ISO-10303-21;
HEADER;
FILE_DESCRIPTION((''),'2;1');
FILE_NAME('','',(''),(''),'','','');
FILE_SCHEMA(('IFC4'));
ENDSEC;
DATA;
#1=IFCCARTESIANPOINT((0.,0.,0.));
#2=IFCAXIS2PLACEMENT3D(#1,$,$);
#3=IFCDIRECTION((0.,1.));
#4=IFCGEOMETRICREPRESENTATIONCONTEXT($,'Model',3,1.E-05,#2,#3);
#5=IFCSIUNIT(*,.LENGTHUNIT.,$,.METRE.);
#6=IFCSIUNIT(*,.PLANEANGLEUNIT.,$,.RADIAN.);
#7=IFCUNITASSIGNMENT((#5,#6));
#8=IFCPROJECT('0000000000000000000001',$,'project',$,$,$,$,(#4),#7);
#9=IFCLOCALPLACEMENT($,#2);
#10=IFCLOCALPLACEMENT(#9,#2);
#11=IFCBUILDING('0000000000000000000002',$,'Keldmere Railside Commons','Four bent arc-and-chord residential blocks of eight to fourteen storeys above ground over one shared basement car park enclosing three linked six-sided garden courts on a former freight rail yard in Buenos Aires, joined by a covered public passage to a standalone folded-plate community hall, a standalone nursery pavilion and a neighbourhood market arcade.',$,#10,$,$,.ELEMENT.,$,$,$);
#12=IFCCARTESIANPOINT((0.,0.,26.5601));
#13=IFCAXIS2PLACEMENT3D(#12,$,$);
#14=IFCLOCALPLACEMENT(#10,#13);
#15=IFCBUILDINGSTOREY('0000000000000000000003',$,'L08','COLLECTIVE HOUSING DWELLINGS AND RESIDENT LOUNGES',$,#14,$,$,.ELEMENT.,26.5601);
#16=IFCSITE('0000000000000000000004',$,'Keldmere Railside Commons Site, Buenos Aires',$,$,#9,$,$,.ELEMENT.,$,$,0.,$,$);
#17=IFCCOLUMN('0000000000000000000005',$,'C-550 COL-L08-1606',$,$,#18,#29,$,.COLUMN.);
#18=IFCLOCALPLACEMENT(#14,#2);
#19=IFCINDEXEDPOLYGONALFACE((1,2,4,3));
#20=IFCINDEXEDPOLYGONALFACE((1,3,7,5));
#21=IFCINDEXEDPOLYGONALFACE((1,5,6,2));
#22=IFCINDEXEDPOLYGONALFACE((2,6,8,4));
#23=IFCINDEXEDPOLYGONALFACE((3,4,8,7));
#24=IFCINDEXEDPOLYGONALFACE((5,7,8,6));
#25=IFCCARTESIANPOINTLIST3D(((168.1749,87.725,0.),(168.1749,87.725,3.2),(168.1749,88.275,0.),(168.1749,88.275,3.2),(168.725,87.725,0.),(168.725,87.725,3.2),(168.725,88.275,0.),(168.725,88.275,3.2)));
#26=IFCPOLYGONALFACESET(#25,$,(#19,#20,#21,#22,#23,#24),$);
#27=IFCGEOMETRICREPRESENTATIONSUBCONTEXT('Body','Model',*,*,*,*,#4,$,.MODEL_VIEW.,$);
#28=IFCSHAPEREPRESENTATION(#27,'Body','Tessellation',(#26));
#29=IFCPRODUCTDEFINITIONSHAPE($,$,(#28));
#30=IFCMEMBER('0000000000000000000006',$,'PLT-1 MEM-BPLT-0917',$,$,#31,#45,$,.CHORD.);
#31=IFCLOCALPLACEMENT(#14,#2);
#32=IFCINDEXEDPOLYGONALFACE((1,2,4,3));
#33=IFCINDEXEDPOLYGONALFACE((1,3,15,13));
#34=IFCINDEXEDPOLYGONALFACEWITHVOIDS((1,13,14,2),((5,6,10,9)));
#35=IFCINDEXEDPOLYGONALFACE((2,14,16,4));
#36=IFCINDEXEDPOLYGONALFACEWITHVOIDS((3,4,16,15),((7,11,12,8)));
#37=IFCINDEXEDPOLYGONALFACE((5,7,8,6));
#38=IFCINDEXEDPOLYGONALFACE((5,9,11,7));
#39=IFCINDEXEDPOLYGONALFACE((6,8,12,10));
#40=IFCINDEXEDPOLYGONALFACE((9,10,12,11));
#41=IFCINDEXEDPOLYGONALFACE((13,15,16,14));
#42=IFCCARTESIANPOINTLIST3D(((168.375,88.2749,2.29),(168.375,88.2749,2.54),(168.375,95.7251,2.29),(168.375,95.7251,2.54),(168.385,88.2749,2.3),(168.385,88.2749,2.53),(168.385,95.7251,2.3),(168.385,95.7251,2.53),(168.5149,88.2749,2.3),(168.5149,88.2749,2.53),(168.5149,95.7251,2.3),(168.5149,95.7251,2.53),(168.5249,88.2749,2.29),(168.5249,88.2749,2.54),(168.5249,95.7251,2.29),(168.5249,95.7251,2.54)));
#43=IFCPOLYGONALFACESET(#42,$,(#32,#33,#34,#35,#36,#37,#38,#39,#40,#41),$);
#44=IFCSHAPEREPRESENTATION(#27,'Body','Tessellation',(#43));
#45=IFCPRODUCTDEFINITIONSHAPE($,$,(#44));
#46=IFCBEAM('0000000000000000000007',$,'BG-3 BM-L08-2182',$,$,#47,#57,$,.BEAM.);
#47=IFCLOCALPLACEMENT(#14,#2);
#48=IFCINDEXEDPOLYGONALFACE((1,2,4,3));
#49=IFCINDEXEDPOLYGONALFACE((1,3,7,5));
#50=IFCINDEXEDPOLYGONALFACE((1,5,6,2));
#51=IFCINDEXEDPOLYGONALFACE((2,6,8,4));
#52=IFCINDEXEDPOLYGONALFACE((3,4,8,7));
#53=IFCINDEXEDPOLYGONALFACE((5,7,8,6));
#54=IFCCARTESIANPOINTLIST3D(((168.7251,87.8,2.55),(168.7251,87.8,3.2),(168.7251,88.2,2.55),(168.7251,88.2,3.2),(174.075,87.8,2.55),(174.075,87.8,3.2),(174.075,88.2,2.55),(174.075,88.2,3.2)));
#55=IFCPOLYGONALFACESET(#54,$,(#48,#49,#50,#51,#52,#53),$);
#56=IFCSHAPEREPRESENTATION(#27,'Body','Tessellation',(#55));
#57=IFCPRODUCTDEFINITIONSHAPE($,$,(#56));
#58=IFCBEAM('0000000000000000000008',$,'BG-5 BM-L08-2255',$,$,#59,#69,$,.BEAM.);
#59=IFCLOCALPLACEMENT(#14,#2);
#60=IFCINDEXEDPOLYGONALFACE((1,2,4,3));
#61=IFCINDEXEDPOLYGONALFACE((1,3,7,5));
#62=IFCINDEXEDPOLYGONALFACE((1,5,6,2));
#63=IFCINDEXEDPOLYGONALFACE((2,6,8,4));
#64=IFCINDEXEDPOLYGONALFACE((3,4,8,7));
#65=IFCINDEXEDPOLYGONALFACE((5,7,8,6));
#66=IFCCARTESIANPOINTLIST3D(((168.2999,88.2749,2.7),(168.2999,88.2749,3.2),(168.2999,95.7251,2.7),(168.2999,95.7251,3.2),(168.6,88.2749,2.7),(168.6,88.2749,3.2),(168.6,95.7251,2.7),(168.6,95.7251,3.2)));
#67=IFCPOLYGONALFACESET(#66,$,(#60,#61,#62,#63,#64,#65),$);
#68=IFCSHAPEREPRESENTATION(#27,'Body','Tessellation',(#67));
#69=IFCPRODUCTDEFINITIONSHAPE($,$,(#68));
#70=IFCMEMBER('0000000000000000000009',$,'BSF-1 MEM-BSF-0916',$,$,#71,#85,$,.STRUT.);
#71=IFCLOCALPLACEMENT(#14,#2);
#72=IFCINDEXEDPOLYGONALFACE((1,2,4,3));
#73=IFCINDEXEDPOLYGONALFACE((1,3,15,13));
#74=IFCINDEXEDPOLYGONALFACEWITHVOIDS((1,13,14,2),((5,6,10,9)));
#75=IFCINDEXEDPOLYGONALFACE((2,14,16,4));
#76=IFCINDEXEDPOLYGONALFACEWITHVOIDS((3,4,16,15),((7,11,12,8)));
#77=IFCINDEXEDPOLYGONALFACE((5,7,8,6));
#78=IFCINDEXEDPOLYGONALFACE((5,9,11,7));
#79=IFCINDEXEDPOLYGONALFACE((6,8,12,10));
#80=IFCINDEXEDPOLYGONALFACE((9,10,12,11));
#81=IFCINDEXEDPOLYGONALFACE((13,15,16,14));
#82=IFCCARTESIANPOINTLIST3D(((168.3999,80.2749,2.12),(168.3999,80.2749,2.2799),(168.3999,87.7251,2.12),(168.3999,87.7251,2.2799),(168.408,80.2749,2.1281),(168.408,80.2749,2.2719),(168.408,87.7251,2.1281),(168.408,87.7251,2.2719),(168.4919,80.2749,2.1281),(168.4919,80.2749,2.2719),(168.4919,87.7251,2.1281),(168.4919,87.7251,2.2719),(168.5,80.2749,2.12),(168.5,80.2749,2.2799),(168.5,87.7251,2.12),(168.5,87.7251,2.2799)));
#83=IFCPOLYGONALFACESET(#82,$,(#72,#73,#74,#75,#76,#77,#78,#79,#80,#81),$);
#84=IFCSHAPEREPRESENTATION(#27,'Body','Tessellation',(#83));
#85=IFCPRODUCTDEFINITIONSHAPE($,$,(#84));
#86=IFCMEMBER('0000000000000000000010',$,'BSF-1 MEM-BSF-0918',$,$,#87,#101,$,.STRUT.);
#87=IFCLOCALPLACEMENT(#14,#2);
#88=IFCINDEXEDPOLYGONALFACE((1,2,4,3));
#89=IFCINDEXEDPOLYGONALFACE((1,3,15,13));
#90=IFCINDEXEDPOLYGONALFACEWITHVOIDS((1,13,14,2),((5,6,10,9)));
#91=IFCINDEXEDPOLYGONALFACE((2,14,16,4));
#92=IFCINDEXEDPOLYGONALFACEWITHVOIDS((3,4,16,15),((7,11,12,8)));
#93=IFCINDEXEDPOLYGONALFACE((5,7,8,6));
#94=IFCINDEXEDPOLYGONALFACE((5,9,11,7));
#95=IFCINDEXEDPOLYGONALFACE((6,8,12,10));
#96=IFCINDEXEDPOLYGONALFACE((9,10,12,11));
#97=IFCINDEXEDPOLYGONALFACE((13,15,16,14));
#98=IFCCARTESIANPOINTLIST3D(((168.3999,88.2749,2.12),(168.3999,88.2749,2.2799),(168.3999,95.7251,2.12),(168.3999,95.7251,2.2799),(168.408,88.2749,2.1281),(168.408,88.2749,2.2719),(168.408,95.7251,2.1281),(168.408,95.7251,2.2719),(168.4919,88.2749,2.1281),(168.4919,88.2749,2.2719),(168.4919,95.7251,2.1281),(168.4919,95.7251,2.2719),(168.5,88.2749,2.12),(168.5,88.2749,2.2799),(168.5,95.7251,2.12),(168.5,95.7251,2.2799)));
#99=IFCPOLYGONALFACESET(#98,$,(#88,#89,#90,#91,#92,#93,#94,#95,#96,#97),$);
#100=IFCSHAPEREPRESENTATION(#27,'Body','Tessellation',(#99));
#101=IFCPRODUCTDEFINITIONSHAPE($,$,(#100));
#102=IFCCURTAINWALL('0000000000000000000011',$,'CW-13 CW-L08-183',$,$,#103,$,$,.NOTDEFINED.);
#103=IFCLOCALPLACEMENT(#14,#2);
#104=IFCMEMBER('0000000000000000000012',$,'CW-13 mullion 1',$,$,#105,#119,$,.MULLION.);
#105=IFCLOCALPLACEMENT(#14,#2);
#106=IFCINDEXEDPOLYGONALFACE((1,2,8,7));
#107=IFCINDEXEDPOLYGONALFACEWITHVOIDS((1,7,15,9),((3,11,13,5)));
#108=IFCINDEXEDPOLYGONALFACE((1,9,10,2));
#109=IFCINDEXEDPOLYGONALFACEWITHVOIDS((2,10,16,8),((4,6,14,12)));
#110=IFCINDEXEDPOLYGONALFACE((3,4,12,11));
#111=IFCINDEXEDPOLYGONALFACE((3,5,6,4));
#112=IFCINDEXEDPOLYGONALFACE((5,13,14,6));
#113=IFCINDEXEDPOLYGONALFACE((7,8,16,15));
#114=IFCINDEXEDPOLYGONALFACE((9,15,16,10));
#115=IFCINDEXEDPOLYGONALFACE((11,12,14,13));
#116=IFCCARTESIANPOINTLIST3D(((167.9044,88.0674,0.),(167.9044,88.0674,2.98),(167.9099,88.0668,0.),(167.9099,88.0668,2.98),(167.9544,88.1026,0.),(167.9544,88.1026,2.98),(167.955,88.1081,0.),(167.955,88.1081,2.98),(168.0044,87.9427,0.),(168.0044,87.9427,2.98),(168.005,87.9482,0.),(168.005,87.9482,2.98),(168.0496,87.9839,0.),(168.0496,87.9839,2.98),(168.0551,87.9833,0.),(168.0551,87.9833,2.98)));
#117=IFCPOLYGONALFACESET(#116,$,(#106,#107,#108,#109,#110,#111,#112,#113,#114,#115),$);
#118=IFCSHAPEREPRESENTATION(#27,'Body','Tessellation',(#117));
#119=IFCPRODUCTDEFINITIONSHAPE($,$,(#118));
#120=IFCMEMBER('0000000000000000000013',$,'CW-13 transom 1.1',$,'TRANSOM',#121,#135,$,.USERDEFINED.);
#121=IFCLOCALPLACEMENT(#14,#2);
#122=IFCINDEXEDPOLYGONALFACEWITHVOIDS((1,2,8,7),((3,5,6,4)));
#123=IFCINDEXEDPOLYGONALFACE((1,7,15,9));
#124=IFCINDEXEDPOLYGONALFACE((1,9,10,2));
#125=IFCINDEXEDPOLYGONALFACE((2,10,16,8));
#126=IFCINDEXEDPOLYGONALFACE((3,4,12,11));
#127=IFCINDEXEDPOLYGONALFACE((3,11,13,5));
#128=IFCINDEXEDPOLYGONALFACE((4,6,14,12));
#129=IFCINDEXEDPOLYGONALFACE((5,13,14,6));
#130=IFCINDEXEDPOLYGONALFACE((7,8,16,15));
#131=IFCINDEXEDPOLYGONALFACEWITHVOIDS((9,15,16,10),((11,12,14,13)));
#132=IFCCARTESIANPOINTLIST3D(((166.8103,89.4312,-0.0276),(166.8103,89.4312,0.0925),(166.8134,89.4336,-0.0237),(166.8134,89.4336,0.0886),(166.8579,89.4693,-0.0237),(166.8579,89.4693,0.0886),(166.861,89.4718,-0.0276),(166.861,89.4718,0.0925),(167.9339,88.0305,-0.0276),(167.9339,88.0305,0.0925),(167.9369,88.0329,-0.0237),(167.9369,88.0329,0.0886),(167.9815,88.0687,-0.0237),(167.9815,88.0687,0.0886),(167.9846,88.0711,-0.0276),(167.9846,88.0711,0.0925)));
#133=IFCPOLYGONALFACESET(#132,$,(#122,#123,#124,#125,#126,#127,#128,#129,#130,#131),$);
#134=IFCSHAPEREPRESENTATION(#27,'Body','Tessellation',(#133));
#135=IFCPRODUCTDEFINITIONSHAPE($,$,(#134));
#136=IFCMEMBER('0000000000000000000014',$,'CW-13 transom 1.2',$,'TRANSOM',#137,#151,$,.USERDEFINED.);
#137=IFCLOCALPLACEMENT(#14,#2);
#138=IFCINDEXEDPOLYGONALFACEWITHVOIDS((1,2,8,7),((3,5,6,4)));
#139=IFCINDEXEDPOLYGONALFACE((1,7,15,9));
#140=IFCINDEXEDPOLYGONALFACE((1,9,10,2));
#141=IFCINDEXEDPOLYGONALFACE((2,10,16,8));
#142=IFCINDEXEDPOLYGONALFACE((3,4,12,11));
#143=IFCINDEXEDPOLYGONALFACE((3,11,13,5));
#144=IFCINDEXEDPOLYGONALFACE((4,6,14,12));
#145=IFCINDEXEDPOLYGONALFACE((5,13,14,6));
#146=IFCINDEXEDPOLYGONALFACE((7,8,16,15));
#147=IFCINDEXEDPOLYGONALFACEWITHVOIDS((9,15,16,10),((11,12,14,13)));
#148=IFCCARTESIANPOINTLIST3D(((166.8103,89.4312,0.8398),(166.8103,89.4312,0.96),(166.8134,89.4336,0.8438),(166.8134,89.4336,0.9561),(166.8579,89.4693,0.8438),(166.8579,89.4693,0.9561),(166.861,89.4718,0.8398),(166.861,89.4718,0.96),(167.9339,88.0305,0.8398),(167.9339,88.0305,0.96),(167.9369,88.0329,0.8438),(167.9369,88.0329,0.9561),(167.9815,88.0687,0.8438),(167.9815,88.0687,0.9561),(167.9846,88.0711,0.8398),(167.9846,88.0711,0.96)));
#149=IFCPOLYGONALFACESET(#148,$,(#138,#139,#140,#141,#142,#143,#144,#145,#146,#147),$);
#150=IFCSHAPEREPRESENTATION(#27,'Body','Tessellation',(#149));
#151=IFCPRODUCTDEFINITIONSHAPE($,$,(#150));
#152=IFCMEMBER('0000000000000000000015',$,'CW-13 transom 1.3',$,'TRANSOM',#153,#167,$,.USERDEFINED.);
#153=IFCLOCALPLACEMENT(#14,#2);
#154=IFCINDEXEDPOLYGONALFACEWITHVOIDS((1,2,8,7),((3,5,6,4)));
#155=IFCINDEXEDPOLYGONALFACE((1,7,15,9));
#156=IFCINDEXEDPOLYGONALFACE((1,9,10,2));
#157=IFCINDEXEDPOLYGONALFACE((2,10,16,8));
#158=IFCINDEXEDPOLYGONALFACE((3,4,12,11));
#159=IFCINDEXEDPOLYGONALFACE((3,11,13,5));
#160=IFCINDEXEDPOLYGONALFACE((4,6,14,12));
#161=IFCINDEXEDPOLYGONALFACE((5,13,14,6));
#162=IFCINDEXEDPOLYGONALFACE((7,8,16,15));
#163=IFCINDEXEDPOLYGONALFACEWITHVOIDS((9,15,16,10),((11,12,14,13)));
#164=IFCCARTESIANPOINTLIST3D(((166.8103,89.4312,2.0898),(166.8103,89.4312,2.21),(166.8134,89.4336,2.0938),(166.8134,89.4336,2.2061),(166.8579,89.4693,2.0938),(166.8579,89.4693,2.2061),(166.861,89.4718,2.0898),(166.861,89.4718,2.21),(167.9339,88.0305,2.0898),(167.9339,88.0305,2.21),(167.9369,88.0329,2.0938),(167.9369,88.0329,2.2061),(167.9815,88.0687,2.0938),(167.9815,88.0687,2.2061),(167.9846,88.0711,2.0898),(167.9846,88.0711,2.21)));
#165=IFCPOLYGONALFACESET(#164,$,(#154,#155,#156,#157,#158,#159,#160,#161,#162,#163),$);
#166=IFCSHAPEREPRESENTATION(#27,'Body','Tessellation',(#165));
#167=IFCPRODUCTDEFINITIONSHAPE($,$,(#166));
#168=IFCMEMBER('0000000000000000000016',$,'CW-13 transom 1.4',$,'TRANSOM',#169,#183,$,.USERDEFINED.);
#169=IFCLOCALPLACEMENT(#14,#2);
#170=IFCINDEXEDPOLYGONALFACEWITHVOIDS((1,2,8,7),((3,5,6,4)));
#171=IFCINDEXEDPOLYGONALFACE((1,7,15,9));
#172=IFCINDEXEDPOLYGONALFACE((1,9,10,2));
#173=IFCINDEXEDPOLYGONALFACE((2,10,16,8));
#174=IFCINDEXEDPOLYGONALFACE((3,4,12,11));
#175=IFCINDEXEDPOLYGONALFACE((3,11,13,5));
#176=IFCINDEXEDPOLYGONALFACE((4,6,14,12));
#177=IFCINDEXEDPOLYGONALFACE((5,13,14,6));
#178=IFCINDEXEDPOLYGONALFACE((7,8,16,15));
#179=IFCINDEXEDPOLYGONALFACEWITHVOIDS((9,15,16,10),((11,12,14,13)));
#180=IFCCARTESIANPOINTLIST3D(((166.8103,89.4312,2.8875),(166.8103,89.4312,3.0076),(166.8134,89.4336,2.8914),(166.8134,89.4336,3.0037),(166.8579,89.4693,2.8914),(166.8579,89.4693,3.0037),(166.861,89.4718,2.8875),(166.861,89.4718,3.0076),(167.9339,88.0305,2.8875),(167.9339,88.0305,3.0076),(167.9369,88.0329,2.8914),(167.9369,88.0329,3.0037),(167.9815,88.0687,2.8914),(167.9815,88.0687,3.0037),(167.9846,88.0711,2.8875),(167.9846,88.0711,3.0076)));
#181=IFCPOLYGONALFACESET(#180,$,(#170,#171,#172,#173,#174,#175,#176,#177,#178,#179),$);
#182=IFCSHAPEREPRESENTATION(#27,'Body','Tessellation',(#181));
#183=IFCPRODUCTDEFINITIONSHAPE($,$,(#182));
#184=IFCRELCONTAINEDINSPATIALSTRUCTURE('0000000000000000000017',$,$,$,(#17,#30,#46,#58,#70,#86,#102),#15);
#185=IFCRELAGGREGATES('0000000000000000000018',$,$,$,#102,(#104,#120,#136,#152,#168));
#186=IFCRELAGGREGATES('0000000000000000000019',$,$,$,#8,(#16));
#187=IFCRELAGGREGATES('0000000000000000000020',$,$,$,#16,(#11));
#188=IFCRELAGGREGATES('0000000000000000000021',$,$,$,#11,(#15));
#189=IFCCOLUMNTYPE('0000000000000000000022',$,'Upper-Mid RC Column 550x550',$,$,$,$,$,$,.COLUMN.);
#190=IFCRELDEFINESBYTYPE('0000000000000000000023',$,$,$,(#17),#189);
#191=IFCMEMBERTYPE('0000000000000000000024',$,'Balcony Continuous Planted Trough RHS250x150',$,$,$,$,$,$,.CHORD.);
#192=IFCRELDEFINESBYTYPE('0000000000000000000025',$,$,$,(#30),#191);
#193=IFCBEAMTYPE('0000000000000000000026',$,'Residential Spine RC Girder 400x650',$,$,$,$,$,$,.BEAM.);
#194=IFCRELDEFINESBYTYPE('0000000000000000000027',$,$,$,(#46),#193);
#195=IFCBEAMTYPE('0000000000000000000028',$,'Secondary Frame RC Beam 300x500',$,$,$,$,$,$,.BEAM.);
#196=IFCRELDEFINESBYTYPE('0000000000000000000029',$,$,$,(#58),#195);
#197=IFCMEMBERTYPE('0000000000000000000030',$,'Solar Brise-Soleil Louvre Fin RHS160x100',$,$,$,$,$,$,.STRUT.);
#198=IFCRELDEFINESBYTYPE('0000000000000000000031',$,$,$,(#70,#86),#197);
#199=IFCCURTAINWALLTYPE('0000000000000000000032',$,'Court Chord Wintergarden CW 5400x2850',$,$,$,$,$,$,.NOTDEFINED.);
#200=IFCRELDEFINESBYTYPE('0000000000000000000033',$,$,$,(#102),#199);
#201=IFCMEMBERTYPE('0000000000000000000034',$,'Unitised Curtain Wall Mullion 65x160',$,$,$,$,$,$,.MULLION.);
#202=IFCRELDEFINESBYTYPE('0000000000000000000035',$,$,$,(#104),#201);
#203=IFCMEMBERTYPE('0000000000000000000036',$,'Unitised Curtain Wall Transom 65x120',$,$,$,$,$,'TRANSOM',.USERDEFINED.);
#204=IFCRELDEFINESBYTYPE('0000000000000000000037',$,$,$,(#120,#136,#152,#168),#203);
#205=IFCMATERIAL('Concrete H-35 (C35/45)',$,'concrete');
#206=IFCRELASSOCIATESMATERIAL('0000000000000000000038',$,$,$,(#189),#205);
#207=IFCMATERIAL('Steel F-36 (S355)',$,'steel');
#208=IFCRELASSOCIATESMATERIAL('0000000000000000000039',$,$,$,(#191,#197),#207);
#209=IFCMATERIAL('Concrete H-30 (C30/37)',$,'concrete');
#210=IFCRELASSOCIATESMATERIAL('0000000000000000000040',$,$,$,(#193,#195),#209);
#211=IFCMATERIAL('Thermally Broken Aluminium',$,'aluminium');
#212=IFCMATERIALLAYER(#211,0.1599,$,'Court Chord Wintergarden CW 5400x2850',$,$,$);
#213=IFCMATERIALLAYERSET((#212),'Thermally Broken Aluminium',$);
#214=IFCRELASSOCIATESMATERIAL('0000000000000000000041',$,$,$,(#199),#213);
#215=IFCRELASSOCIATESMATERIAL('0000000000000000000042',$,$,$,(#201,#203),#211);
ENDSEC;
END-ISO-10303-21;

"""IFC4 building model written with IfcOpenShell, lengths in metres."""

from ifc_helpers import new_model, si_unit, direction, frame, origin, origin_2d, place, context, subcontext, project, spatial, rectangle, hollow_rectangle, extrude, material, layer, layer_set, material_profile, profile_set, type_object, element, aggregate, save


model = new_model("IFC4")

# Units and contexts
model_context = context("Model", 3, precision=1e-05, world=origin(), true_north=direction((0.0, 1.0)))
body_context = subcontext(model_context, "Body", "Model", "MODEL_VIEW")
ifc_project = project(units=[si_unit("LENGTHUNIT", "METRE"), si_unit("PLANEANGLEUNIT", "RADIAN")], contexts=[model_context])

# Site, building, storey
site_placement = place(None, origin())
site = spatial("IfcSite", under=ifc_project, at=site_placement, Name="Keldmere Railside Commons Site, Buenos Aires", CompositionType="ELEMENT", RefElevation=0.0)
building_placement = place(site_placement, origin())
building = spatial("IfcBuilding", under=site, at=building_placement, Name="Keldmere Railside Commons", Description="Four bent arc-and-chord residential blocks of eight to fourteen storeys above ground over one shared basement car park enclosing three linked six-sided garden courts on a former freight rail yard in Buenos Aires, joined by a covered public passage to a standalone folded-plate community hall, a standalone nursery pavilion and a neighbourhood market arcade.", CompositionType="ELEMENT")
storey_placement = place(building_placement, frame((0.0, 0.0, 26.5601)))
storey = spatial("IfcBuildingStorey", under=building, at=storey_placement, Name="L08", Description="COLLECTIVE HOUSING DWELLINGS AND RESIDENT LOUNGES", CompositionType="ELEMENT", Elevation=26.5601)

# Column
ifc_material_1 = material(Name="Concrete H-35 (C35/45)", Category="concrete")
ifc_material_profile_1 = material_profile(ifc_material_1, rectangle(XDim=0.55, YDim=0.55, at=origin_2d()), Name="RC-550x550")
ifc_profile_set_1 = profile_set([ifc_material_profile_1], Name="Concrete H-35 (C35/45)")
column_type = type_object("IfcColumnType", Name="Upper-Mid RC Column 550x550", PredefinedType="COLUMN", material=ifc_profile_set_1)
column_placement = place(storey_placement, frame((168.45, 88.0, 0.0), z_axis=(0.0, 0.0, 1.0), x_axis=(1.0, 0.0, 0.0)))
element("IfcColumn", 1, at=column_placement, inside=storey, type_object=column_type, Name="C-550 COL-L08-1606", PredefinedType="COLUMN", context=body_context, shape_type="SweptSolid", body=[
    extrude(rectangle(XDim=0.55, YDim=0.55, at=origin_2d()), origin(), (0.0, 0.0, 1.0), 3.2),
])

# Member
ifc_material_2 = material(Name="Steel F-36 (S355)", Category="steel")
ifc_material_profile_2 = material_profile(ifc_material_2, hollow_rectangle(XDim=0.1499, YDim=0.25, WallThickness=0.01, at=origin_2d()), Name="RHS-250x150x10")
ifc_profile_set_2 = profile_set([ifc_material_profile_2], Name="Steel F-36 (S355)")
member_type_1 = type_object("IfcMemberType", Name="Balcony Continuous Planted Trough RHS250x150", PredefinedType="CHORD", material=ifc_profile_set_2)
member_1_placement = place(storey_placement, frame((168.45, 88.2749, 2.415), z_axis=(0.0, 1.0, 0.0), x_axis=(-1.0, 0.0, 0.0)))
element("IfcMember", 2, at=member_1_placement, inside=storey, type_object=member_type_1, Name="PLT-1 MEM-BPLT-0917", PredefinedType="CHORD", context=body_context, shape_type="SweptSolid", body=[
    extrude(hollow_rectangle(XDim=0.1499, YDim=0.25, WallThickness=0.01, at=origin_2d()), origin(), (0.0, 0.0, 1.0), 7.4502),
])

# Beams
ifc_material_3 = material(Name="Concrete H-30 (C30/37)", Category="concrete")
ifc_material_profile_3 = material_profile(ifc_material_3, rectangle(XDim=0.3999, YDim=0.6499, at=origin_2d()), Name="RC-400x650")
ifc_profile_set_3 = profile_set([ifc_material_profile_3], Name="Concrete H-30 (C30/37)")
beam_type_1 = type_object("IfcBeamType", Name="Residential Spine RC Girder 400x650", PredefinedType="BEAM", material=ifc_profile_set_3)
beam_1_placement = place(storey_placement, frame((168.7251, 88.0, 2.875), z_axis=(1.0, 0.0, 0.0), x_axis=(0.0, 1.0, 0.0)))
element("IfcBeam", 3, at=beam_1_placement, inside=storey, type_object=beam_type_1, Name="BG-3 BM-L08-2182", PredefinedType="BEAM", context=body_context, shape_type="SweptSolid", body=[
    extrude(rectangle(XDim=0.3999, YDim=0.6499, at=origin_2d()), origin(), (0.0, 0.0, 1.0), 5.3499),
])
ifc_material_profile_4 = material_profile(ifc_material_3, rectangle(XDim=0.3, YDim=0.5, at=origin_2d()), Name="RC-300x500")
ifc_profile_set_4 = profile_set([ifc_material_profile_4], Name="Concrete H-30 (C30/37)")
beam_type_2 = type_object("IfcBeamType", Name="Secondary Frame RC Beam 300x500", PredefinedType="BEAM", material=ifc_profile_set_4)
beam_2_placement = place(storey_placement, frame((168.45, 88.2749, 2.95), z_axis=(0.0, 1.0, 0.0), x_axis=(-1.0, 0.0, 0.0)))
element("IfcBeam", 4, at=beam_2_placement, inside=storey, type_object=beam_type_2, Name="BG-5 BM-L08-2255", PredefinedType="BEAM", context=body_context, shape_type="SweptSolid", body=[
    extrude(rectangle(XDim=0.3, YDim=0.5, at=origin_2d()), origin(), (0.0, 0.0, 1.0), 7.4502),
])

# Members
ifc_material_profile_5 = material_profile(ifc_material_2, hollow_rectangle(XDim=0.1001, YDim=0.1599, WallThickness=0.0081, at=origin_2d()), Name="RHS-160x100x8")
ifc_profile_set_5 = profile_set([ifc_material_profile_5], Name="Steel F-36 (S355)")
member_type_2 = type_object("IfcMemberType", Name="Solar Brise-Soleil Louvre Fin RHS160x100", PredefinedType="STRUT", material=ifc_profile_set_5)
for number, where, z_axis, x_axis, name in (
    (5, (168.45, 80.2749, 2.2), (0.0, 1.0, 0.0), (-1.0, 0.0, 0.0), "BSF-1 MEM-BSF-0916"),
    (6, (168.45, 88.2749, 2.2), (0.0, 1.0, 0.0), (-1.0, 0.0, 0.0), "BSF-1 MEM-BSF-0918"),
):
    element("IfcMember", number, at=place(storey_placement, frame(where, z_axis=z_axis, x_axis=x_axis)), inside=storey, type_object=member_type_2, Name=name, PredefinedType="STRUT", context=body_context, shape_type="SweptSolid", body=[
        extrude(hollow_rectangle(XDim=0.1001, YDim=0.1599, WallThickness=0.0081, at=origin_2d()), origin(), (0.0, 0.0, 1.0), 7.4502),
    ])

# Curtain wall, members
ifc_material_4 = material(Name="Thermally Broken Aluminium", Category="aluminium")
ifc_layer_1 = layer(ifc_material_4, 0.1599, Name="Court Chord Wintergarden CW 5400x2850")
ifc_layer_set_1 = layer_set([ifc_layer_1], Name="Thermally Broken Aluminium")
curtain_wall_type = type_object("IfcCurtainWallType", Name="Court Chord Wintergarden CW 5400x2850", PredefinedType="NOTDEFINED", material=ifc_layer_set_1)
curtain_wall_placement = place(storey_placement, origin())
curtain_wall = element("IfcCurtainWall", 7, at=curtain_wall_placement, inside=storey, type_object=curtain_wall_type, Name="CW-13 CW-L08-183", PredefinedType="NOTDEFINED")
ifc_material_profile_6 = material_profile(ifc_material_4, hollow_rectangle(XDim=0.0649, YDim=0.1599, WallThickness=0.0039, at=origin_2d()), Name="ALU-MULL-65x160")
ifc_profile_set_6 = profile_set([ifc_material_profile_6], Name="Thermally Broken Aluminium")
member_type_3 = type_object("IfcMemberType", Name="Unitised Curtain Wall Mullion 65x160", PredefinedType="MULLION", material=ifc_profile_set_6)
member_2_placement = place(storey_placement, frame((167.9797, 88.0254, 0.0), z_axis=(0.0, 0.0, 1.0), x_axis=(-0.780009, -0.625768, 0.0)))
member_2 = element("IfcMember", 8, at=member_2_placement, type_object=member_type_3, Name="CW-13 mullion 1", PredefinedType="MULLION", context=body_context, shape_type="SweptSolid", body=[
    extrude(hollow_rectangle(XDim=0.0649, YDim=0.1599, WallThickness=0.0039, at=origin_2d()), origin(), (0.0, 0.0, 1.0), 2.98),
])
ifc_material_profile_7 = material_profile(ifc_material_4, hollow_rectangle(XDim=0.0649, YDim=0.1201, WallThickness=0.0039, at=origin_2d()), Name="ALU-TRAN-65x120")
ifc_profile_set_7 = profile_set([ifc_material_profile_7], Name="Thermally Broken Aluminium")
member_type_4 = type_object("IfcMemberType", Name="Unitised Curtain Wall Transom 65x120", ElementType="TRANSOM", PredefinedType="USERDEFINED", material=ifc_profile_set_7)
member_3_placement = place(storey_placement, frame((167.9592, 88.0508, 0.0325), z_axis=(-0.625723, 0.780046, 0.0), x_axis=(-0.780046, -0.625723, 0.0)))
member_3 = element("IfcMember", 9, at=member_3_placement, type_object=member_type_4, Name="CW-13 transom 1.1", ObjectType="TRANSOM", PredefinedType="USERDEFINED", context=body_context, shape_type="SweptSolid", body=[
    extrude(hollow_rectangle(XDim=0.0649, YDim=0.1201, WallThickness=0.0039, at=origin_2d()), origin(), (0.0, 0.0, 1.0), 1.7957),
])
member_4_placement = place(storey_placement, frame((167.9592, 88.0508, 0.8999), z_axis=(-0.625723, 0.780046, 0.0), x_axis=(-0.780046, -0.625723, 0.0)))
member_4 = element("IfcMember", 10, at=member_4_placement, type_object=member_type_4, Name="CW-13 transom 1.2", ObjectType="TRANSOM", PredefinedType="USERDEFINED", context=body_context, shape_type="SweptSolid", body=[
    extrude(hollow_rectangle(XDim=0.0649, YDim=0.1201, WallThickness=0.0039, at=origin_2d()), origin(), (0.0, 0.0, 1.0), 1.7957),
])
member_5_placement = place(storey_placement, frame((167.9592, 88.0508, 2.1499), z_axis=(-0.625723, 0.780046, 0.0), x_axis=(-0.780046, -0.625723, 0.0)))
member_5 = element("IfcMember", 11, at=member_5_placement, type_object=member_type_4, Name="CW-13 transom 1.3", ObjectType="TRANSOM", PredefinedType="USERDEFINED", context=body_context, shape_type="SweptSolid", body=[
    extrude(hollow_rectangle(XDim=0.0649, YDim=0.1201, WallThickness=0.0039, at=origin_2d()), origin(), (0.0, 0.0, 1.0), 1.7957),
])
member_6_placement = place(storey_placement, frame((167.9592, 88.0508, 2.9475), z_axis=(-0.625723, 0.780046, 0.0), x_axis=(-0.780046, -0.625723, 0.0)))
member_6 = element("IfcMember", 12, at=member_6_placement, type_object=member_type_4, Name="CW-13 transom 1.4", ObjectType="TRANSOM", PredefinedType="USERDEFINED", context=body_context, shape_type="SweptSolid", body=[
    extrude(hollow_rectangle(XDim=0.0649, YDim=0.1201, WallThickness=0.0039, at=origin_2d()), origin(), (0.0, 0.0, 1.0), 1.7957),
])
aggregate(curtain_wall, [member_2, member_3, member_4, member_5, member_6])

save(model, "model.ifc")
